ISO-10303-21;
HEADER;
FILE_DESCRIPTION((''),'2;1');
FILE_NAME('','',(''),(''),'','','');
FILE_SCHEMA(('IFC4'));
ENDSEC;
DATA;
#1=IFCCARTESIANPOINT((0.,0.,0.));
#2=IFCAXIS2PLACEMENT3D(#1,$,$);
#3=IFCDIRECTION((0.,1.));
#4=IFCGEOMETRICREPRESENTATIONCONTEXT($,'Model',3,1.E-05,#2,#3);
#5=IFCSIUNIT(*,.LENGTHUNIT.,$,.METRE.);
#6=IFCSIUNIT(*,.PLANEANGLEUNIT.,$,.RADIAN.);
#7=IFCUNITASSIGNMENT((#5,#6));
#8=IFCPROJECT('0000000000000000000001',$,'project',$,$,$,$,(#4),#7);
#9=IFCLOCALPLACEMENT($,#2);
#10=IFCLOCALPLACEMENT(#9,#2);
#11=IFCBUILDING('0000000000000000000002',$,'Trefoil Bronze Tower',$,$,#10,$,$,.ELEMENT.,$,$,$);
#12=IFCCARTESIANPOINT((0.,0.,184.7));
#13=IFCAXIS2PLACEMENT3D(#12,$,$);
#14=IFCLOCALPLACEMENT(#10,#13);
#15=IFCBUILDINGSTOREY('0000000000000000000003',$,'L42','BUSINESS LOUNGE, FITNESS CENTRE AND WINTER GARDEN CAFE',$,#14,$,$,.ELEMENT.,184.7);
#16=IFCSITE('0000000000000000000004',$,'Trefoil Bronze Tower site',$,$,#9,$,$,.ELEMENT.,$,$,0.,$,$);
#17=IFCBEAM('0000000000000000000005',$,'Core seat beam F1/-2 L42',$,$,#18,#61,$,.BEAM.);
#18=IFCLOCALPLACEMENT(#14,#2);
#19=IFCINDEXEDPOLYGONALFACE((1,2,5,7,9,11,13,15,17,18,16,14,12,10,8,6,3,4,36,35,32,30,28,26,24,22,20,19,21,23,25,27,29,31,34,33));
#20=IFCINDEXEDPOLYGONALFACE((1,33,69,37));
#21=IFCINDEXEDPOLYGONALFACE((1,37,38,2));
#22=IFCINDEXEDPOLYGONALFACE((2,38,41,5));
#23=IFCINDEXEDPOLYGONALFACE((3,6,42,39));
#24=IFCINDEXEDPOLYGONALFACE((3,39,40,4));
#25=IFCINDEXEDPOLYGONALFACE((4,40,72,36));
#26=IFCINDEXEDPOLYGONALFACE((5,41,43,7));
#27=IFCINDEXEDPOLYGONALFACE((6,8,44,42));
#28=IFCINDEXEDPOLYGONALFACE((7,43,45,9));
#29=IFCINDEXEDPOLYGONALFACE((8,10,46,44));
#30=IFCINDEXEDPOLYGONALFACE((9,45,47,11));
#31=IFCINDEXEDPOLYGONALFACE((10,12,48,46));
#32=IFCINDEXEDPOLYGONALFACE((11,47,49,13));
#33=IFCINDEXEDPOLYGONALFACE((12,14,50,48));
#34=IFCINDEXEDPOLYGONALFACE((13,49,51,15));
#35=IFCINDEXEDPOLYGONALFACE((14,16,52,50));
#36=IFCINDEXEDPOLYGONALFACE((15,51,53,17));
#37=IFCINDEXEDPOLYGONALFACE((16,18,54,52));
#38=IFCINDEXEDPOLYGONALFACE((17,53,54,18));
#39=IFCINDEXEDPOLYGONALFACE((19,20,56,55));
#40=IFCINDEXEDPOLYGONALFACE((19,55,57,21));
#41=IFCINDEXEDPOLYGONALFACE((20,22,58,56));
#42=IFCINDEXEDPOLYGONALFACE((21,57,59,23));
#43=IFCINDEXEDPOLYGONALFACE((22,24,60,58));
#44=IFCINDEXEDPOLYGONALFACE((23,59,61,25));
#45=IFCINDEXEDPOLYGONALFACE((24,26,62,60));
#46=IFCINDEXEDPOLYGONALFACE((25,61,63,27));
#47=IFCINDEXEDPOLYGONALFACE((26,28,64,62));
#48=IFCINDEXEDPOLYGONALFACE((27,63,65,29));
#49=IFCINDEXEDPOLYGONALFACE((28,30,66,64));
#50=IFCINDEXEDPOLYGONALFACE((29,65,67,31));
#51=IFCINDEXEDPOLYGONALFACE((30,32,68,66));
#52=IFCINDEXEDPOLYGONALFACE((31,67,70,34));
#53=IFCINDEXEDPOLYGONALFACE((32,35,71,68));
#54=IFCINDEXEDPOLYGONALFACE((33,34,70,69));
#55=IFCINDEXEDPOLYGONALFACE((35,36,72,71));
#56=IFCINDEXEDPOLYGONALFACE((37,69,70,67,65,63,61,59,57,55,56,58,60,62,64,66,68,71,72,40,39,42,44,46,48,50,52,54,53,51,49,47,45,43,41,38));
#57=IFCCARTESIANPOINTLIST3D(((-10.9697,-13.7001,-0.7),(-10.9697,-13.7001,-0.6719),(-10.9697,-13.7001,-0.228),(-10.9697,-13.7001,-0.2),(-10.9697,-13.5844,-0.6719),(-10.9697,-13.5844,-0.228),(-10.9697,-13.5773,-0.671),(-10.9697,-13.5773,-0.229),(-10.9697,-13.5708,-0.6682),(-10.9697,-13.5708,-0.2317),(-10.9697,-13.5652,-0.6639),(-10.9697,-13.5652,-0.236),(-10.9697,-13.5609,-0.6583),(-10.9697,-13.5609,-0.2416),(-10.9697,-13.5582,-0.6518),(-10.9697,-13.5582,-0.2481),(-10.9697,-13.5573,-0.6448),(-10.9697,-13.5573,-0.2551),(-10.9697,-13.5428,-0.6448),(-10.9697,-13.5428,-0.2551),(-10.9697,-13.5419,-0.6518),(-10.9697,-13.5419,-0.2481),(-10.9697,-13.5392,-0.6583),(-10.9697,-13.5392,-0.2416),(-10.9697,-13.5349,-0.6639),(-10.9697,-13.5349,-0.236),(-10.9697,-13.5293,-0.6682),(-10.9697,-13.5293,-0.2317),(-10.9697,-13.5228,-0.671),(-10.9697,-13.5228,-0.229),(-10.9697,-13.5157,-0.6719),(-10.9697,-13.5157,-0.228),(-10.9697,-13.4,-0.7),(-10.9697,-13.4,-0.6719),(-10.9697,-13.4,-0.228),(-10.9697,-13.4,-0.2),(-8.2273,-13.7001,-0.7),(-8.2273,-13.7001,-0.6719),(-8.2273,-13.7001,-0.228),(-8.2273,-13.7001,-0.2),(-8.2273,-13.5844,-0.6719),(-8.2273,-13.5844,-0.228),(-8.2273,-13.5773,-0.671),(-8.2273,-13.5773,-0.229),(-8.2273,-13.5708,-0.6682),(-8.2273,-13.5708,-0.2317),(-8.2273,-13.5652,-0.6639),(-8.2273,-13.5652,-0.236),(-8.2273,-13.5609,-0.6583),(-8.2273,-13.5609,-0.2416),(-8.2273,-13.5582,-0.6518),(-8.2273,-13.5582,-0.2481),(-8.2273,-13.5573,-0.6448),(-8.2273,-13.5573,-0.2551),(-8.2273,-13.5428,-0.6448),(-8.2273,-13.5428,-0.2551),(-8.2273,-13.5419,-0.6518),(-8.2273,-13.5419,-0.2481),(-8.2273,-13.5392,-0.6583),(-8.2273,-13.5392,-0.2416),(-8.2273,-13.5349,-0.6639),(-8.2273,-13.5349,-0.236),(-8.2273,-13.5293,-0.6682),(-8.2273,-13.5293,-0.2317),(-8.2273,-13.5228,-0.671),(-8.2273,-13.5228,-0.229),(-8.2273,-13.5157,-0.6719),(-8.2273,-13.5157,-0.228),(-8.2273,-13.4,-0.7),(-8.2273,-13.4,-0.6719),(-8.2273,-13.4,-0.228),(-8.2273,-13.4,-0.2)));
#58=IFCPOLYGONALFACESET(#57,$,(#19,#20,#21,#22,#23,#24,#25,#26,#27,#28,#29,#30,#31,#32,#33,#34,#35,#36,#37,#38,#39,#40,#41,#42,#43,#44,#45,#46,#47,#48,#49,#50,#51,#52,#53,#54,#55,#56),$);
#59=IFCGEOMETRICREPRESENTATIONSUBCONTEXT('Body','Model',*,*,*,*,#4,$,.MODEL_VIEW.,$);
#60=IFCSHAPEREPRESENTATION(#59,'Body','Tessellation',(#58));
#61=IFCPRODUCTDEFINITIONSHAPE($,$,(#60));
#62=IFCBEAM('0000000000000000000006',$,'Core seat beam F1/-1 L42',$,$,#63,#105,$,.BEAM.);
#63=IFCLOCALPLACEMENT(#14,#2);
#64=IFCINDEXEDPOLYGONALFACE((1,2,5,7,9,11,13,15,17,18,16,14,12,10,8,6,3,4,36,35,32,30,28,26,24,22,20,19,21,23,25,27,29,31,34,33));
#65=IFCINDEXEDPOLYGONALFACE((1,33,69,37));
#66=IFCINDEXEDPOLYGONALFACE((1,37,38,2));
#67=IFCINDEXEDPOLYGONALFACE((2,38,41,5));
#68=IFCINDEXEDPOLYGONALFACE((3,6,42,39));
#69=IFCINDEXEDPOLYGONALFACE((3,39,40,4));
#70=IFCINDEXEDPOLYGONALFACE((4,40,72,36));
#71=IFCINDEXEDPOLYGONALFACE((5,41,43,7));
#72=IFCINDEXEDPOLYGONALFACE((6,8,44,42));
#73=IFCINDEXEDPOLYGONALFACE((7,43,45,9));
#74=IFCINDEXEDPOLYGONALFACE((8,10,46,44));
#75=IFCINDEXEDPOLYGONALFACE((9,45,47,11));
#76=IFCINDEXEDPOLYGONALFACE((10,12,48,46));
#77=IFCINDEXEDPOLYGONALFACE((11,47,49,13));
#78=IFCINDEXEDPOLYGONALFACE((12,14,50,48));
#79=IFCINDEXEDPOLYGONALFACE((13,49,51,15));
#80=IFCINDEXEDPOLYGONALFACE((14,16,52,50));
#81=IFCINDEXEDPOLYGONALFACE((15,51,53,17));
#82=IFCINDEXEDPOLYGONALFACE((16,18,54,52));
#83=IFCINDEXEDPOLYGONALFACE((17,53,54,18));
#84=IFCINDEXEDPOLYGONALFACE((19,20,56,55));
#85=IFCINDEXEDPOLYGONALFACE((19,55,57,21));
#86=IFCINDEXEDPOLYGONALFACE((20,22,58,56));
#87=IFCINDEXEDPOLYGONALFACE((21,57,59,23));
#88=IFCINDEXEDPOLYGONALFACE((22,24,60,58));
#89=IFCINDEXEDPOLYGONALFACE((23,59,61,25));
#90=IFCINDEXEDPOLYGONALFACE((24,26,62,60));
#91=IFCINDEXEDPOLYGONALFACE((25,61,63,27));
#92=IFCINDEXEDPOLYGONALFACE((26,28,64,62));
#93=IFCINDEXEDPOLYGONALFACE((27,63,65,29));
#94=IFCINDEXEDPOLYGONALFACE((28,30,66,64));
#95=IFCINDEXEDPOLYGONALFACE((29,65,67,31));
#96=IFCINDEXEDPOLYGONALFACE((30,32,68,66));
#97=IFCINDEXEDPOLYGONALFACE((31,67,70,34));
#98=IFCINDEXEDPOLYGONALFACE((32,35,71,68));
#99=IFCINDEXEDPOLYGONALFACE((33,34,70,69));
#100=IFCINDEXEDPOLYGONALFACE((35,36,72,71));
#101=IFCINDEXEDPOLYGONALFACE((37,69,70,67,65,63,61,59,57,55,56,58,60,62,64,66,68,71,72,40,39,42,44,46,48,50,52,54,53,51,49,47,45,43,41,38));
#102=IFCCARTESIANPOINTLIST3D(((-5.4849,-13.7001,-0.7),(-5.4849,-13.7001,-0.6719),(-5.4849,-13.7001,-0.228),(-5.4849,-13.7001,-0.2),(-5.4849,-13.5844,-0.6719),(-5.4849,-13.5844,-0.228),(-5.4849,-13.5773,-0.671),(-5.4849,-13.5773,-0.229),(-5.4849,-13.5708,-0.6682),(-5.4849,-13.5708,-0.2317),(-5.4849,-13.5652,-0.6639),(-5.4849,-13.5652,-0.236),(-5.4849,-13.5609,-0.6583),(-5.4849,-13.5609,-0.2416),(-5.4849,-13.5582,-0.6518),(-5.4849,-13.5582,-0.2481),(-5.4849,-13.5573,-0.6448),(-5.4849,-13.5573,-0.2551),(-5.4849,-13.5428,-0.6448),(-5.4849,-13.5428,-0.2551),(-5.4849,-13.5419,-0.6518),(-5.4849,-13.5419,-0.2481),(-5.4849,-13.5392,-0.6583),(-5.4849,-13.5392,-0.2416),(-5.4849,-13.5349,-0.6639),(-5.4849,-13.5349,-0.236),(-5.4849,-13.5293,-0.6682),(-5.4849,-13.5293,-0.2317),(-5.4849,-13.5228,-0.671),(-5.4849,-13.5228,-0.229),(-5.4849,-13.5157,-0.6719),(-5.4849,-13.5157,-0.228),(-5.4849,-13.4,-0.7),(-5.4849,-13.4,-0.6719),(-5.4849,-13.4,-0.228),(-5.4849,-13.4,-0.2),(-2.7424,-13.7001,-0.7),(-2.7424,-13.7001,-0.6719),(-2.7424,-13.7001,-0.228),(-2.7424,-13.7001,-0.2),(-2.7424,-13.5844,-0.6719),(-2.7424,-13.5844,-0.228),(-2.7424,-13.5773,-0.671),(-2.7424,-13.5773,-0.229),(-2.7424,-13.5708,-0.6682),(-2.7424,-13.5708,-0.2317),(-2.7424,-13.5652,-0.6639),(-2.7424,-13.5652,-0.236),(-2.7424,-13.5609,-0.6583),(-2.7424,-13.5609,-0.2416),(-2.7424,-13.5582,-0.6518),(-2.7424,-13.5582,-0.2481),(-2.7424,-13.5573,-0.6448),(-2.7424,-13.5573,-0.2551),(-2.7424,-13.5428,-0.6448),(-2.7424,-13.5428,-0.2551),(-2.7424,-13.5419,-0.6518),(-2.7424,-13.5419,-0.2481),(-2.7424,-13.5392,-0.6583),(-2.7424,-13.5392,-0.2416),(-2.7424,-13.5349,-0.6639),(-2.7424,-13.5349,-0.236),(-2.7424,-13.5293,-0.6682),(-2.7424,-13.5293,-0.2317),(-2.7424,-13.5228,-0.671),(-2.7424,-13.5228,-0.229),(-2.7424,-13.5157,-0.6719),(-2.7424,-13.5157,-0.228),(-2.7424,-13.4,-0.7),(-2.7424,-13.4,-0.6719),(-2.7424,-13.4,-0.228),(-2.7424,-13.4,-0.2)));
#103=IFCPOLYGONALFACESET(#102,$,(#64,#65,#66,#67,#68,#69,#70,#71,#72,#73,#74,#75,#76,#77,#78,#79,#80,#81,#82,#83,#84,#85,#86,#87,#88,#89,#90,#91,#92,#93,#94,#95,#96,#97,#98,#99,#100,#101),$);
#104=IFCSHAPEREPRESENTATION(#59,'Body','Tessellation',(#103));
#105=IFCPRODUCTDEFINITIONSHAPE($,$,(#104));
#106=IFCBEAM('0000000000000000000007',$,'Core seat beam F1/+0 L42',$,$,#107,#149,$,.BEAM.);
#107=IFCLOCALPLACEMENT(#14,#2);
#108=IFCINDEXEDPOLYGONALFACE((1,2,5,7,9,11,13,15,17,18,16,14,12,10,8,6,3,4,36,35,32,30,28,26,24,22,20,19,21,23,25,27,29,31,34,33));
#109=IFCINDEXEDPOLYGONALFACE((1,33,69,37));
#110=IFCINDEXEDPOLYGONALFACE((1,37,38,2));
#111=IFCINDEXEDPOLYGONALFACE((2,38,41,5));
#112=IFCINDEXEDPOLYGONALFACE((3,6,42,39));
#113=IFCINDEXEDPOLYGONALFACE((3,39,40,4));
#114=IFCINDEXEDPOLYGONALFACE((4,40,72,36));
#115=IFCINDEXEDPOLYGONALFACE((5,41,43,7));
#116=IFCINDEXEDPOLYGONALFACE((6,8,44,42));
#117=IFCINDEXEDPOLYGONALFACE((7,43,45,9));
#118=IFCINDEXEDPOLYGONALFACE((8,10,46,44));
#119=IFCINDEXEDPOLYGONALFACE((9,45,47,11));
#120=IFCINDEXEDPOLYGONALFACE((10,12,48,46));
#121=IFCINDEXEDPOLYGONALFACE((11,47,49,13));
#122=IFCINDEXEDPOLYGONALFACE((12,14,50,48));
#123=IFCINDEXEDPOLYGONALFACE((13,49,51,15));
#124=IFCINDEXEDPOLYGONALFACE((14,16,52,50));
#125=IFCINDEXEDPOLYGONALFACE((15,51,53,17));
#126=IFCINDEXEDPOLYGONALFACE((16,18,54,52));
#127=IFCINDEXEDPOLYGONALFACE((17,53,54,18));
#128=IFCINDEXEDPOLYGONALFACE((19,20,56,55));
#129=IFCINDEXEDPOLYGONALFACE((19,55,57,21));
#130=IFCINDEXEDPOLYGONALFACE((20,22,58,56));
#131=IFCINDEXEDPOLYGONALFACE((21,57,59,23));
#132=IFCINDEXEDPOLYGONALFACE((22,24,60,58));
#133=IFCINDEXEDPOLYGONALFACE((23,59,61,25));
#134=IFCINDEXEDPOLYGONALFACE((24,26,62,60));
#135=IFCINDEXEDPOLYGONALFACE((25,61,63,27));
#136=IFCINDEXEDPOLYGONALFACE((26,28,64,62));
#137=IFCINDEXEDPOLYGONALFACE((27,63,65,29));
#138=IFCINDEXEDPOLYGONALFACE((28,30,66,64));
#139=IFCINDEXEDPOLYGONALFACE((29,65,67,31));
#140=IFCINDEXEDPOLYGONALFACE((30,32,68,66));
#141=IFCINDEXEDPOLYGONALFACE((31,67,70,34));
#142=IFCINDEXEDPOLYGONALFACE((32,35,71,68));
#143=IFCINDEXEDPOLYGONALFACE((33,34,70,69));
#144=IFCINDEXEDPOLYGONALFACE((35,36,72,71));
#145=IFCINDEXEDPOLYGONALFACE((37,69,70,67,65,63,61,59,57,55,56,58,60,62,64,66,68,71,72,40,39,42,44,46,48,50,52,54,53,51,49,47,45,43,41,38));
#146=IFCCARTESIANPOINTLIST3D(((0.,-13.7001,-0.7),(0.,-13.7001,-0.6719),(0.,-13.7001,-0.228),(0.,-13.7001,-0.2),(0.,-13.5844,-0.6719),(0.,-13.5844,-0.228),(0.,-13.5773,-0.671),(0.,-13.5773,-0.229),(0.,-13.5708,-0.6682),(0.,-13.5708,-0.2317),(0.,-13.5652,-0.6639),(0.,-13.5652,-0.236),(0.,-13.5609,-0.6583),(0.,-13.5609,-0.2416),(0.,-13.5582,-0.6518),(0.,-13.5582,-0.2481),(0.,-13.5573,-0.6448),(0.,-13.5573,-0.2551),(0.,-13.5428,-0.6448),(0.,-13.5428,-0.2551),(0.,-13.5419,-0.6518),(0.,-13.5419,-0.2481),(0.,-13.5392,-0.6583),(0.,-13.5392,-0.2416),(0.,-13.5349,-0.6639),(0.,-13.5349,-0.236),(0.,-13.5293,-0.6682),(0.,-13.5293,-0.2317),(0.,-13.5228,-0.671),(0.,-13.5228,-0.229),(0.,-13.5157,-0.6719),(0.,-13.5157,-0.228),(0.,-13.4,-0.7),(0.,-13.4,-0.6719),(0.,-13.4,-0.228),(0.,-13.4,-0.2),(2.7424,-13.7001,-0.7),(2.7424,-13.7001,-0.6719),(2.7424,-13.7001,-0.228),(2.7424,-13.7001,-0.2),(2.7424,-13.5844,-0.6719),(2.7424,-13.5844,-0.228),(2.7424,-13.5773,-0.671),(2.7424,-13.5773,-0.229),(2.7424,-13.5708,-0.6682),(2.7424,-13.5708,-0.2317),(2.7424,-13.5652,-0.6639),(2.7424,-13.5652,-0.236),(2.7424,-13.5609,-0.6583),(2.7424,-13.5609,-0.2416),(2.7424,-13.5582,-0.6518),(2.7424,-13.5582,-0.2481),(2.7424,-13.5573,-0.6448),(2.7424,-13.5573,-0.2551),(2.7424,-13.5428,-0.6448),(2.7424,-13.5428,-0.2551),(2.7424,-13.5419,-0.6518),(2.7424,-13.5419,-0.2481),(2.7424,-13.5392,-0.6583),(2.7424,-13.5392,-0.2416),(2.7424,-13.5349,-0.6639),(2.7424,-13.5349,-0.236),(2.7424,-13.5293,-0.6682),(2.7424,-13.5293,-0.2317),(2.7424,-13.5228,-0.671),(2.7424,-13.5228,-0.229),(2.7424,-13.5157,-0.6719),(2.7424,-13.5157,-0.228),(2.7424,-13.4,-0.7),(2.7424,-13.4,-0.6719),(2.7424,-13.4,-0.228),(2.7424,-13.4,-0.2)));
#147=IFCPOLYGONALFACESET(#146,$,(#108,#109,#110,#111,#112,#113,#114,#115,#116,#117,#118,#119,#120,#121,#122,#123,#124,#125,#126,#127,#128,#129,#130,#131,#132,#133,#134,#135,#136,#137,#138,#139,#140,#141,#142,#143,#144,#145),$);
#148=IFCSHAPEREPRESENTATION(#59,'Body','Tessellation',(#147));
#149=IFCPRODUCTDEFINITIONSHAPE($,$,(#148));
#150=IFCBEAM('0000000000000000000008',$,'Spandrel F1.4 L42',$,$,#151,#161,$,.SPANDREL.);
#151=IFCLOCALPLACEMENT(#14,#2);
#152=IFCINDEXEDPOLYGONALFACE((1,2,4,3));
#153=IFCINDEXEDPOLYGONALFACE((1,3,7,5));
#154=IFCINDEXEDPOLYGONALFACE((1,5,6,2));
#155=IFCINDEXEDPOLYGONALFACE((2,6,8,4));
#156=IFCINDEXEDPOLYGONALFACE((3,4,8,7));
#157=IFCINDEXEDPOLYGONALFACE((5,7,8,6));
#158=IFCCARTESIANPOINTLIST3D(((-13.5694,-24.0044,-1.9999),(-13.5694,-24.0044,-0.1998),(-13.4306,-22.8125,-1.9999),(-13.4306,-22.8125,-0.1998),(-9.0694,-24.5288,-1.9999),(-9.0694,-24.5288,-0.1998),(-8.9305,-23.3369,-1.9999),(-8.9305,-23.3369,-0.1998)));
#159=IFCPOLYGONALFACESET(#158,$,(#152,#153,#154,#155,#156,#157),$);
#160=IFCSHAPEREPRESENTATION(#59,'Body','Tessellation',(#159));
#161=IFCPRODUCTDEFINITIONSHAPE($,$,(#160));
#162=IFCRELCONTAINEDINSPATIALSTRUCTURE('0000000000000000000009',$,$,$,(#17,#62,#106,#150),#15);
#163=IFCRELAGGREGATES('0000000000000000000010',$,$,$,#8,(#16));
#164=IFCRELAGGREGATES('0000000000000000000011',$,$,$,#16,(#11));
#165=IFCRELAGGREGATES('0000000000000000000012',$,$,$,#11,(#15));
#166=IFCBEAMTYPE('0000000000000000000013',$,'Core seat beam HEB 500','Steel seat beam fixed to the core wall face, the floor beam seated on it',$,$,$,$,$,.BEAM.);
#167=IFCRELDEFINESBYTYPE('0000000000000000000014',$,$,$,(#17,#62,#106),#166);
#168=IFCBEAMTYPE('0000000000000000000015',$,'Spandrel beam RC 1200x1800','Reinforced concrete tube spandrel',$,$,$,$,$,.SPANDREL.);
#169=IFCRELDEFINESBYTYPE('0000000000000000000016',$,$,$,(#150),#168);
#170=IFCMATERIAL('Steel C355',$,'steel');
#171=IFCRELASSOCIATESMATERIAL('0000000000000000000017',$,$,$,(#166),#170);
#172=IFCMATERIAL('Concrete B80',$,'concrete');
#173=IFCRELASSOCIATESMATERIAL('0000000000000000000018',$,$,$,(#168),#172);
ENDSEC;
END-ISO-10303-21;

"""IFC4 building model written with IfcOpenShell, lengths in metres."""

from ifc_helpers import new_model, si_unit, direction, frame, origin, origin_2d, place, context, subcontext, project, spatial, rectangle, i_section, extrude, material, material_profile, profile_set, type_object, element, save


model = new_model("IFC4")

# Units and contexts
model_context = context("Model", 3, precision=1e-05, world=origin(), true_north=direction((0.0, 1.0)))
body_context = subcontext(model_context, "Body", "Model", "MODEL_VIEW")
ifc_project = project(units=[si_unit("LENGTHUNIT", "METRE"), si_unit("PLANEANGLEUNIT", "RADIAN")], contexts=[model_context])

# Site, building, storey
site_placement = place(None, origin())
site = spatial("IfcSite", under=ifc_project, at=site_placement, Name="Trefoil Bronze Tower site", CompositionType="ELEMENT", RefElevation=0.0)
building_placement = place(site_placement, origin())
building = spatial("IfcBuilding", under=site, at=building_placement, Name="Trefoil Bronze Tower", CompositionType="ELEMENT")
storey_placement = place(building_placement, frame((0.0, 0.0, 184.7)))
storey = spatial("IfcBuildingStorey", under=building, at=storey_placement, Name="L42", Description="BUSINESS LOUNGE, FITNESS CENTRE AND WINTER GARDEN CAFE", CompositionType="ELEMENT", Elevation=184.7)

# Beams
ifc_material_1 = material(Name="Steel C355", Category="steel")
ifc_material_profile_1 = material_profile(ifc_material_1, i_section(OverallWidth=0.3, OverallDepth=0.5, WebThickness=0.0144, FlangeThickness=0.0281, FilletRadius=0.0271, at=origin_2d()), Name="HEB 500")
ifc_profile_set_1 = profile_set([ifc_material_profile_1], Name="Steel C355")
beam_type_1 = type_object("IfcBeamType", Name="Core seat beam HEB 500", Description="Steel seat beam fixed to the core wall face, the floor beam seated on it", PredefinedType="BEAM", material=ifc_profile_set_1)
for number, where, z_axis, x_axis, name in (
    (1, (-10.9697, -13.55, -0.45), (1.0, 0.0, 0.0), (0.0, 1.0, 0.0), "Core seat beam F1/-2 L42"),
    (2, (-5.4849, -13.55, -0.45), (1.0, 0.0, 0.0), (0.0, 1.0, 0.0), "Core seat beam F1/-1 L42"),
    (3, (0.0, -13.55, -0.45), (1.0, 0.0, 0.0), (0.0, 1.0, 0.0), "Core seat beam F1/+0 L42"),
):
    element("IfcBeam", number, at=place(storey_placement, frame(where, z_axis=z_axis, x_axis=x_axis)), inside=storey, type_object=beam_type_1, Name=name, PredefinedType="BEAM", context=body_context, shape_type="SweptSolid", body=[
        extrude(i_section(OverallWidth=0.3, OverallDepth=0.5, WebThickness=0.0144, FlangeThickness=0.0281, FilletRadius=0.0271, at=origin_2d()), origin(), (0.0, 0.0, 1.0), 2.7424),
    ])
ifc_material_2 = material(Name="Concrete B80", Category="concrete")
ifc_material_profile_2 = material_profile(ifc_material_2, rectangle(XDim=1.2, YDim=1.8, at=origin_2d()), Name="RC 1200x1800")
ifc_profile_set_2 = profile_set([ifc_material_profile_2], Name="Concrete B80")
beam_type_2 = type_object("IfcBeamType", Name="Spandrel beam RC 1200x1800", Description="Reinforced concrete tube spandrel", PredefinedType="SPANDREL", material=ifc_profile_set_2)
beam_placement = place(storey_placement, frame((-13.5, -23.4084, -1.0999), z_axis=(0.993278, -0.115753, 0.0), x_axis=(0.115753, 0.993278, 0.0)))
element("IfcBeam", 4, at=beam_placement, inside=storey, type_object=beam_type_2, Name="Spandrel F1.4 L42", PredefinedType="SPANDREL", context=body_context, shape_type="SweptSolid", body=[
    extrude(rectangle(XDim=1.2, YDim=1.8, at=origin_2d()), origin(), (0.0, 0.0, 1.0), 4.5305),
])

save(model, "model.ifc")
